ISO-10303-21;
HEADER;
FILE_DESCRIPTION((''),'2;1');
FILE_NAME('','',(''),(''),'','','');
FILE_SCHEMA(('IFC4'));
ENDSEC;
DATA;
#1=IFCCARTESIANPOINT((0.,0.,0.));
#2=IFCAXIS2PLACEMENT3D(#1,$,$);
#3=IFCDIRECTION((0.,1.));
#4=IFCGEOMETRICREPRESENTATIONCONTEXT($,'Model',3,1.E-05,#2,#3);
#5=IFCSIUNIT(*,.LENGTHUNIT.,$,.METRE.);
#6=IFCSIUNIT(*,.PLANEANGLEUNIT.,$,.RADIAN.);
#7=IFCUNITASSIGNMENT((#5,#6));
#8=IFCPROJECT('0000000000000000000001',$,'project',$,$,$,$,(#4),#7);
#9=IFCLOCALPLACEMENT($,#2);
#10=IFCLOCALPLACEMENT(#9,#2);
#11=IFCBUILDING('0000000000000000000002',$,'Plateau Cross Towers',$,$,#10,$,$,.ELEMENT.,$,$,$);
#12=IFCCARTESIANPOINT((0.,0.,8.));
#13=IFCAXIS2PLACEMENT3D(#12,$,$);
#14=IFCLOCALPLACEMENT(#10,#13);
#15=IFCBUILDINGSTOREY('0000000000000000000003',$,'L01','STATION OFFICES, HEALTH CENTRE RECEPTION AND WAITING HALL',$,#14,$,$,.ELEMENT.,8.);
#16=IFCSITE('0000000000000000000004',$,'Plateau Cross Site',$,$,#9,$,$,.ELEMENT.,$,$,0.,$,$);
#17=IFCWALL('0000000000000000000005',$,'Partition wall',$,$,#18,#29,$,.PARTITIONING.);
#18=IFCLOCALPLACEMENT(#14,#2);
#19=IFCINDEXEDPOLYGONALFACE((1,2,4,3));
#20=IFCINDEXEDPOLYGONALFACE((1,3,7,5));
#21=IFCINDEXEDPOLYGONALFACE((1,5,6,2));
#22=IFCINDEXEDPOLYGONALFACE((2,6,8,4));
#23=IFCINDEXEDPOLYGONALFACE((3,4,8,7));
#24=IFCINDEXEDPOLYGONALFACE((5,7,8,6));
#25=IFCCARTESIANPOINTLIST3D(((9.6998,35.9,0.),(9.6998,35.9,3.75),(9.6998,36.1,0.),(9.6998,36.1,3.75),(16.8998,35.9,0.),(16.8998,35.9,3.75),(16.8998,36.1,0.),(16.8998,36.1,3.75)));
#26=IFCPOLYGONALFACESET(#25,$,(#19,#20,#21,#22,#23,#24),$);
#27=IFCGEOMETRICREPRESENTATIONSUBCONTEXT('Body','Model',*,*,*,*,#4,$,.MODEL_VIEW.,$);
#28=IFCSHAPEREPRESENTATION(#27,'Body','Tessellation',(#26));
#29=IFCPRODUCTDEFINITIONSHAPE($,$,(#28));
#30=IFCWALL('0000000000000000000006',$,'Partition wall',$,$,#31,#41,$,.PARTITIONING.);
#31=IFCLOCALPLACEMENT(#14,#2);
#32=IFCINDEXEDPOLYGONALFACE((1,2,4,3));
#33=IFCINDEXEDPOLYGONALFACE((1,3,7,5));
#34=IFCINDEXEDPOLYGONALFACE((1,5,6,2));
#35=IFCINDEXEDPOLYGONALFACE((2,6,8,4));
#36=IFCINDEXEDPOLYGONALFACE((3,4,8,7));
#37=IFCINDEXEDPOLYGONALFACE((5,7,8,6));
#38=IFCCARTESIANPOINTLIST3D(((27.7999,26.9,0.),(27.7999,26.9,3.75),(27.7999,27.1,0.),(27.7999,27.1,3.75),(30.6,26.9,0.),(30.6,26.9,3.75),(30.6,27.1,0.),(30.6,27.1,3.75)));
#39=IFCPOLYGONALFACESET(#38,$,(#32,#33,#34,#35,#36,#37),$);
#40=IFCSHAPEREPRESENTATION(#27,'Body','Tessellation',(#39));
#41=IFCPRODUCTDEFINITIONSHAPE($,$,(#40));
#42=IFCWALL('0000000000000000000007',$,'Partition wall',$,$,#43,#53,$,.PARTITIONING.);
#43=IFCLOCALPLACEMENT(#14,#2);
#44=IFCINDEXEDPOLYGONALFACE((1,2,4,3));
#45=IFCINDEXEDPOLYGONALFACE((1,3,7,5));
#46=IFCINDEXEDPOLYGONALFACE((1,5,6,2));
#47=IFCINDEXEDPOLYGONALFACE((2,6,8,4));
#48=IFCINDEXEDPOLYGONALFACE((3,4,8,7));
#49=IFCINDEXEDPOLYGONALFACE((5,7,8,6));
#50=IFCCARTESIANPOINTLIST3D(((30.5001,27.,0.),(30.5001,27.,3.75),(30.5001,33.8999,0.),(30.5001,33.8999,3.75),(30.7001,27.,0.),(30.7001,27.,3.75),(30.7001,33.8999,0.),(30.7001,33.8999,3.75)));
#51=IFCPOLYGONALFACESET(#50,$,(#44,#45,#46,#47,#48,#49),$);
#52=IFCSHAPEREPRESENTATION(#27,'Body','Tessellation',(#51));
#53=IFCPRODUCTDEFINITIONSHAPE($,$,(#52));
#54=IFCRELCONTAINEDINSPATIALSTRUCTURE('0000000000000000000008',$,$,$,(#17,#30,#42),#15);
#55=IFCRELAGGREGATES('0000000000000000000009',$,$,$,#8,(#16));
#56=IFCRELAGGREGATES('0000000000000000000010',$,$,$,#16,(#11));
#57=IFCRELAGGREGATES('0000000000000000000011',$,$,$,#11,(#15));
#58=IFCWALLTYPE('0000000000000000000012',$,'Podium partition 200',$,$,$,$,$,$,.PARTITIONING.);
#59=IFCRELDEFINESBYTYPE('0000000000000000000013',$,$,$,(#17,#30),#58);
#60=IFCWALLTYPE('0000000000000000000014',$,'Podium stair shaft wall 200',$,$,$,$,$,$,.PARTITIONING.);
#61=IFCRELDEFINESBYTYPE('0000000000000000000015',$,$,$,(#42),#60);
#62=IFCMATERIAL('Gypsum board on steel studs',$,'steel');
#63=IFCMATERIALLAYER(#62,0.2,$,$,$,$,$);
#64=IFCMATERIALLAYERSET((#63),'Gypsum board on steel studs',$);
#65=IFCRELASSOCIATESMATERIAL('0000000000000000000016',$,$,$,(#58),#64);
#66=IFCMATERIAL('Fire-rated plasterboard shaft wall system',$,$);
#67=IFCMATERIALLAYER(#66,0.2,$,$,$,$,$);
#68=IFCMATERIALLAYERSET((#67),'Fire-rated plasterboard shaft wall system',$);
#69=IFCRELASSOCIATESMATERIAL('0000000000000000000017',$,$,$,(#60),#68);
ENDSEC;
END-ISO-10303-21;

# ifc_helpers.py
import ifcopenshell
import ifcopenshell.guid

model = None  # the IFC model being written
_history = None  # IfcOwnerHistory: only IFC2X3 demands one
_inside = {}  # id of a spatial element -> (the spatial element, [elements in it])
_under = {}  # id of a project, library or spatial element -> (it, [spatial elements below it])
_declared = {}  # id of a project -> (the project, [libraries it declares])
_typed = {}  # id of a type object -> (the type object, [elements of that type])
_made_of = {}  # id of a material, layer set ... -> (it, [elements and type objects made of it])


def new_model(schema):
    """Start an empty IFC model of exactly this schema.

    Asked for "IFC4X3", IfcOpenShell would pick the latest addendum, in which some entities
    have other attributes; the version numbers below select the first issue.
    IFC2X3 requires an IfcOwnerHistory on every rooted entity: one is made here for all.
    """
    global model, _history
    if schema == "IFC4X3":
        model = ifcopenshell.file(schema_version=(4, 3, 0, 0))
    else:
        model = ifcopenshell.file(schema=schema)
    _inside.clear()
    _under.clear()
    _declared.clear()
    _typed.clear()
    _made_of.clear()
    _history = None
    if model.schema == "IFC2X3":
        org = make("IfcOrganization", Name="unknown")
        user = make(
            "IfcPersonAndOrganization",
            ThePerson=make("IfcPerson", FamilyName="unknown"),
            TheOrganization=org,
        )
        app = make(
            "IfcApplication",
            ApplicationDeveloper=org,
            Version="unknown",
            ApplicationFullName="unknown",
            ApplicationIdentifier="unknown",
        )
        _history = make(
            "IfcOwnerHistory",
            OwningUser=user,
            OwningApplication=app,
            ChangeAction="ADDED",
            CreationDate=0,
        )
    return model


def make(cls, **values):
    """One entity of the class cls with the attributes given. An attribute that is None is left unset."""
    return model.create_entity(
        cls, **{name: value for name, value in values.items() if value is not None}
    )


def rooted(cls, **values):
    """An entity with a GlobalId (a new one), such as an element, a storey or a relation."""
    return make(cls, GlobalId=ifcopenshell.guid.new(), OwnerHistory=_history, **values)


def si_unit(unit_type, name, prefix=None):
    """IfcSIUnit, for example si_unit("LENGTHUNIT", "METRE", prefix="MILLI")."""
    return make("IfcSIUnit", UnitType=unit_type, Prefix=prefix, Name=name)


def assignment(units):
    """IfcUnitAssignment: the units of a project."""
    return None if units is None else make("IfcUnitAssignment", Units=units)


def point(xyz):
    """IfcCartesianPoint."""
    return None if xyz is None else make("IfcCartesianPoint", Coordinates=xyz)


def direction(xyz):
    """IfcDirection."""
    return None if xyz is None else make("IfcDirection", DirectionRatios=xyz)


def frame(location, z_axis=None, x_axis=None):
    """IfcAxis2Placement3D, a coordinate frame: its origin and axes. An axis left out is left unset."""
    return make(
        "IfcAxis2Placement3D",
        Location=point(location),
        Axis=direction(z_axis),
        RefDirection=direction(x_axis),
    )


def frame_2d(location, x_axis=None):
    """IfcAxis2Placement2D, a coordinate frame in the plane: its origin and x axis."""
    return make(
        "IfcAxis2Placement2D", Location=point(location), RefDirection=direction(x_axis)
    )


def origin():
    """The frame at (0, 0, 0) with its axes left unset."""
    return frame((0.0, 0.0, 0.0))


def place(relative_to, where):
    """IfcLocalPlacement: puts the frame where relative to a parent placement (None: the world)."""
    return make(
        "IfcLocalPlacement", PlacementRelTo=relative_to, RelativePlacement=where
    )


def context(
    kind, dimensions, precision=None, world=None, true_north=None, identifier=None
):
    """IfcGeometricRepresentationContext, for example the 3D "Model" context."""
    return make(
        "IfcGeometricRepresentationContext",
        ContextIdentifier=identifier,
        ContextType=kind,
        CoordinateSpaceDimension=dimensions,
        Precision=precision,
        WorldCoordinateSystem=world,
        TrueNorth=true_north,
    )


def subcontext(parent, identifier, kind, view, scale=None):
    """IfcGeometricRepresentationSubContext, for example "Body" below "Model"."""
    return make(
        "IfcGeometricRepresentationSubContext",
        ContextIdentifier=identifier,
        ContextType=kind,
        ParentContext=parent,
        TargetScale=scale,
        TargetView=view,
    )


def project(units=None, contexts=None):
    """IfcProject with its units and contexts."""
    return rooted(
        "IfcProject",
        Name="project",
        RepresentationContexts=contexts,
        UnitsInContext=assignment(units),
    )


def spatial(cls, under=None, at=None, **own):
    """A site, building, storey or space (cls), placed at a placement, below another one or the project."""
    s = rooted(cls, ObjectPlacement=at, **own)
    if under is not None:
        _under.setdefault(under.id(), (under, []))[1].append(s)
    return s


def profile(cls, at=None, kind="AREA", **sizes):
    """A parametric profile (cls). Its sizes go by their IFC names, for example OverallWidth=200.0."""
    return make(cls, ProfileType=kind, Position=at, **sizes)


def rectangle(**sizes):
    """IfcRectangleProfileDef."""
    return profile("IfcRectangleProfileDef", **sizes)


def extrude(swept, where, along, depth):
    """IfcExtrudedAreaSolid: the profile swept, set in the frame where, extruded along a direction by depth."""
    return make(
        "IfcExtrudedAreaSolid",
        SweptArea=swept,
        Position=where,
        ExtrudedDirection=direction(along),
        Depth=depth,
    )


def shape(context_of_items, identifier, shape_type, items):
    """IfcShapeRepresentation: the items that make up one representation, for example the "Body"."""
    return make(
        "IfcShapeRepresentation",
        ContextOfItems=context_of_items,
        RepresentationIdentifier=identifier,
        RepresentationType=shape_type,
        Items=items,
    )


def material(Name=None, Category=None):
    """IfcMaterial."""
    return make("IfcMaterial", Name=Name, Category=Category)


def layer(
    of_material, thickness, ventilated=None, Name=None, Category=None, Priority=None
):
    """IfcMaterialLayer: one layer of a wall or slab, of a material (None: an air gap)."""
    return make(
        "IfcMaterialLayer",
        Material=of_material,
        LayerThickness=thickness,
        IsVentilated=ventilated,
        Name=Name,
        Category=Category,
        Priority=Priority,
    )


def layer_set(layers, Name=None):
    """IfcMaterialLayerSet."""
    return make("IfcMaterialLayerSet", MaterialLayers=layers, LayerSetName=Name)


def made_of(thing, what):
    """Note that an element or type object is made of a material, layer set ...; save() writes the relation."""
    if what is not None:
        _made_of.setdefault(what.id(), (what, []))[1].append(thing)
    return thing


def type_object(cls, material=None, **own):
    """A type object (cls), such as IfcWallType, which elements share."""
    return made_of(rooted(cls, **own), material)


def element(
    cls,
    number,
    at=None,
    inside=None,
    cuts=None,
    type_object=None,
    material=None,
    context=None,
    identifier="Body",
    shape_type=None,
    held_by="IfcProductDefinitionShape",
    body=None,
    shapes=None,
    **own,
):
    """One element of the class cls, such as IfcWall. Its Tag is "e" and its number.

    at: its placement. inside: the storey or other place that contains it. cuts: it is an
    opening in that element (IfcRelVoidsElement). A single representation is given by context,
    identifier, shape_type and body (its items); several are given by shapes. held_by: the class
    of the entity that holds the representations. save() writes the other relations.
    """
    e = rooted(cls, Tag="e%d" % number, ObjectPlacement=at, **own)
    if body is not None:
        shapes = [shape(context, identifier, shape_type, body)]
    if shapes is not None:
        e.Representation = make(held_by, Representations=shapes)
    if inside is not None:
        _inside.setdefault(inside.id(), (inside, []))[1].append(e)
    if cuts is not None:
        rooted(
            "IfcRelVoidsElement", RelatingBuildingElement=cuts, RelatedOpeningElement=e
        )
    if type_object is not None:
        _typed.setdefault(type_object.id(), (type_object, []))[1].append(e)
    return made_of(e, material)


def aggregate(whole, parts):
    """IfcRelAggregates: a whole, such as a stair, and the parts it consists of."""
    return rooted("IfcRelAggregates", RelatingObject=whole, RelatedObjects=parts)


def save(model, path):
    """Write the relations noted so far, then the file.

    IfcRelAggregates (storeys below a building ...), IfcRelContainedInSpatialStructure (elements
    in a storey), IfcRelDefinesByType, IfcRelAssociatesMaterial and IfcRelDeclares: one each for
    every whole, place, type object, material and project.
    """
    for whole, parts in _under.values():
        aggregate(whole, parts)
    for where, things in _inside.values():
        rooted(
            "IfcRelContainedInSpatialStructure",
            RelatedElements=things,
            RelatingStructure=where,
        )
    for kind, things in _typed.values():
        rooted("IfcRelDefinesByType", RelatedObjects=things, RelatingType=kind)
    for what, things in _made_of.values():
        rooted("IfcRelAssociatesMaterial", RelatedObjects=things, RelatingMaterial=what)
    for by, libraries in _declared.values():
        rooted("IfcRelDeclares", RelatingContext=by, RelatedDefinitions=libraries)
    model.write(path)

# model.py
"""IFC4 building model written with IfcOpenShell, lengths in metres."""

from ifc_helpers import new_model, si_unit, direction, frame, frame_2d, origin, place, context, subcontext, project, spatial, rectangle, extrude, material, layer, layer_set, type_object, element, save


model = new_model("IFC4")

# Units and contexts
model_context = context("Model", 3, precision=1e-05, world=origin(), true_north=direction((0.0, 1.0)))
body_context = subcontext(model_context, "Body", "Model", "MODEL_VIEW")
ifc_project = project(units=[si_unit("LENGTHUNIT", "METRE"), si_unit("PLANEANGLEUNIT", "RADIAN")], contexts=[model_context])

# Site, building, storey
site_placement = place(None, origin())
site = spatial("IfcSite", under=ifc_project, at=site_placement, Name="Plateau Cross Site", CompositionType="ELEMENT", RefElevation=0.0)
building_placement = place(site_placement, origin())
building = spatial("IfcBuilding", under=site, at=building_placement, Name="Plateau Cross Towers", CompositionType="ELEMENT")
storey_placement = place(building_placement, frame((0.0, 0.0, 8.0)))
storey = spatial("IfcBuildingStorey", under=building, at=storey_placement, Name="L01", Description="STATION OFFICES, HEALTH CENTRE RECEPTION AND WAITING HALL", CompositionType="ELEMENT", Elevation=8.0)

# Shared definitions
ifc_material_1 = material(Name="Gypsum board on steel studs", Category="steel")
ifc_layer_1 = layer(ifc_material_1, 0.2)
ifc_layer_set_1 = layer_set([ifc_layer_1], Name="Gypsum board on steel studs")
wall_type_1 = type_object("IfcWallType", Name="Podium partition 200", PredefinedType="PARTITIONING", material=ifc_layer_set_1)

# Walls
wall_1_placement = place(storey_placement, frame((16.8999, 36.0, 0.0), z_axis=(0.0, 0.0, 1.0), x_axis=(-1.0, 0.0, 0.0)))
element("IfcWall", 1, at=wall_1_placement, inside=storey, type_object=wall_type_1, Name="Partition wall", PredefinedType="PARTITIONING", context=body_context, shape_type="SweptSolid", body=[
    extrude(rectangle(XDim=7.2, YDim=0.2, at=frame_2d((3.6001, 0.0))), origin(), (0.0, 0.0, 1.0), 3.75),
])
wall_2_placement = place(storey_placement, frame((27.8, 27.0, 0.0), z_axis=(0.0, 0.0, 1.0), x_axis=(1.0, 0.0, 0.0)))
element("IfcWall", 2, at=wall_2_placement, inside=storey, type_object=wall_type_1, Name="Partition wall", PredefinedType="PARTITIONING", context=body_context, shape_type="SweptSolid", body=[
    extrude(rectangle(XDim=2.8, YDim=0.2, at=frame_2d((1.3999, 0.0))), origin(), (0.0, 0.0, 1.0), 3.75),
])
ifc_material_2 = material(Name="Fire-rated plasterboard shaft wall system")
ifc_layer_2 = layer(ifc_material_2, 0.2)
ifc_layer_set_2 = layer_set([ifc_layer_2], Name="Fire-rated plasterboard shaft wall system")
wall_type_2 = type_object("IfcWallType", Name="Podium stair shaft wall 200", PredefinedType="PARTITIONING", material=ifc_layer_set_2)
wall_3_placement = place(storey_placement, frame((30.6001, 27.0, 0.0), z_axis=(0.0, 0.0, 1.0), x_axis=(0.0, 1.0, 0.0)))
element("IfcWall", 3, at=wall_3_placement, inside=storey, type_object=wall_type_2, Name="Partition wall", PredefinedType="PARTITIONING", context=body_context, shape_type="SweptSolid", body=[
    extrude(rectangle(XDim=6.8999, YDim=0.2, at=frame_2d((3.45, 0.0))), origin(), (0.0, 0.0, 1.0), 3.75),
])

save(model, "model.ifc")
